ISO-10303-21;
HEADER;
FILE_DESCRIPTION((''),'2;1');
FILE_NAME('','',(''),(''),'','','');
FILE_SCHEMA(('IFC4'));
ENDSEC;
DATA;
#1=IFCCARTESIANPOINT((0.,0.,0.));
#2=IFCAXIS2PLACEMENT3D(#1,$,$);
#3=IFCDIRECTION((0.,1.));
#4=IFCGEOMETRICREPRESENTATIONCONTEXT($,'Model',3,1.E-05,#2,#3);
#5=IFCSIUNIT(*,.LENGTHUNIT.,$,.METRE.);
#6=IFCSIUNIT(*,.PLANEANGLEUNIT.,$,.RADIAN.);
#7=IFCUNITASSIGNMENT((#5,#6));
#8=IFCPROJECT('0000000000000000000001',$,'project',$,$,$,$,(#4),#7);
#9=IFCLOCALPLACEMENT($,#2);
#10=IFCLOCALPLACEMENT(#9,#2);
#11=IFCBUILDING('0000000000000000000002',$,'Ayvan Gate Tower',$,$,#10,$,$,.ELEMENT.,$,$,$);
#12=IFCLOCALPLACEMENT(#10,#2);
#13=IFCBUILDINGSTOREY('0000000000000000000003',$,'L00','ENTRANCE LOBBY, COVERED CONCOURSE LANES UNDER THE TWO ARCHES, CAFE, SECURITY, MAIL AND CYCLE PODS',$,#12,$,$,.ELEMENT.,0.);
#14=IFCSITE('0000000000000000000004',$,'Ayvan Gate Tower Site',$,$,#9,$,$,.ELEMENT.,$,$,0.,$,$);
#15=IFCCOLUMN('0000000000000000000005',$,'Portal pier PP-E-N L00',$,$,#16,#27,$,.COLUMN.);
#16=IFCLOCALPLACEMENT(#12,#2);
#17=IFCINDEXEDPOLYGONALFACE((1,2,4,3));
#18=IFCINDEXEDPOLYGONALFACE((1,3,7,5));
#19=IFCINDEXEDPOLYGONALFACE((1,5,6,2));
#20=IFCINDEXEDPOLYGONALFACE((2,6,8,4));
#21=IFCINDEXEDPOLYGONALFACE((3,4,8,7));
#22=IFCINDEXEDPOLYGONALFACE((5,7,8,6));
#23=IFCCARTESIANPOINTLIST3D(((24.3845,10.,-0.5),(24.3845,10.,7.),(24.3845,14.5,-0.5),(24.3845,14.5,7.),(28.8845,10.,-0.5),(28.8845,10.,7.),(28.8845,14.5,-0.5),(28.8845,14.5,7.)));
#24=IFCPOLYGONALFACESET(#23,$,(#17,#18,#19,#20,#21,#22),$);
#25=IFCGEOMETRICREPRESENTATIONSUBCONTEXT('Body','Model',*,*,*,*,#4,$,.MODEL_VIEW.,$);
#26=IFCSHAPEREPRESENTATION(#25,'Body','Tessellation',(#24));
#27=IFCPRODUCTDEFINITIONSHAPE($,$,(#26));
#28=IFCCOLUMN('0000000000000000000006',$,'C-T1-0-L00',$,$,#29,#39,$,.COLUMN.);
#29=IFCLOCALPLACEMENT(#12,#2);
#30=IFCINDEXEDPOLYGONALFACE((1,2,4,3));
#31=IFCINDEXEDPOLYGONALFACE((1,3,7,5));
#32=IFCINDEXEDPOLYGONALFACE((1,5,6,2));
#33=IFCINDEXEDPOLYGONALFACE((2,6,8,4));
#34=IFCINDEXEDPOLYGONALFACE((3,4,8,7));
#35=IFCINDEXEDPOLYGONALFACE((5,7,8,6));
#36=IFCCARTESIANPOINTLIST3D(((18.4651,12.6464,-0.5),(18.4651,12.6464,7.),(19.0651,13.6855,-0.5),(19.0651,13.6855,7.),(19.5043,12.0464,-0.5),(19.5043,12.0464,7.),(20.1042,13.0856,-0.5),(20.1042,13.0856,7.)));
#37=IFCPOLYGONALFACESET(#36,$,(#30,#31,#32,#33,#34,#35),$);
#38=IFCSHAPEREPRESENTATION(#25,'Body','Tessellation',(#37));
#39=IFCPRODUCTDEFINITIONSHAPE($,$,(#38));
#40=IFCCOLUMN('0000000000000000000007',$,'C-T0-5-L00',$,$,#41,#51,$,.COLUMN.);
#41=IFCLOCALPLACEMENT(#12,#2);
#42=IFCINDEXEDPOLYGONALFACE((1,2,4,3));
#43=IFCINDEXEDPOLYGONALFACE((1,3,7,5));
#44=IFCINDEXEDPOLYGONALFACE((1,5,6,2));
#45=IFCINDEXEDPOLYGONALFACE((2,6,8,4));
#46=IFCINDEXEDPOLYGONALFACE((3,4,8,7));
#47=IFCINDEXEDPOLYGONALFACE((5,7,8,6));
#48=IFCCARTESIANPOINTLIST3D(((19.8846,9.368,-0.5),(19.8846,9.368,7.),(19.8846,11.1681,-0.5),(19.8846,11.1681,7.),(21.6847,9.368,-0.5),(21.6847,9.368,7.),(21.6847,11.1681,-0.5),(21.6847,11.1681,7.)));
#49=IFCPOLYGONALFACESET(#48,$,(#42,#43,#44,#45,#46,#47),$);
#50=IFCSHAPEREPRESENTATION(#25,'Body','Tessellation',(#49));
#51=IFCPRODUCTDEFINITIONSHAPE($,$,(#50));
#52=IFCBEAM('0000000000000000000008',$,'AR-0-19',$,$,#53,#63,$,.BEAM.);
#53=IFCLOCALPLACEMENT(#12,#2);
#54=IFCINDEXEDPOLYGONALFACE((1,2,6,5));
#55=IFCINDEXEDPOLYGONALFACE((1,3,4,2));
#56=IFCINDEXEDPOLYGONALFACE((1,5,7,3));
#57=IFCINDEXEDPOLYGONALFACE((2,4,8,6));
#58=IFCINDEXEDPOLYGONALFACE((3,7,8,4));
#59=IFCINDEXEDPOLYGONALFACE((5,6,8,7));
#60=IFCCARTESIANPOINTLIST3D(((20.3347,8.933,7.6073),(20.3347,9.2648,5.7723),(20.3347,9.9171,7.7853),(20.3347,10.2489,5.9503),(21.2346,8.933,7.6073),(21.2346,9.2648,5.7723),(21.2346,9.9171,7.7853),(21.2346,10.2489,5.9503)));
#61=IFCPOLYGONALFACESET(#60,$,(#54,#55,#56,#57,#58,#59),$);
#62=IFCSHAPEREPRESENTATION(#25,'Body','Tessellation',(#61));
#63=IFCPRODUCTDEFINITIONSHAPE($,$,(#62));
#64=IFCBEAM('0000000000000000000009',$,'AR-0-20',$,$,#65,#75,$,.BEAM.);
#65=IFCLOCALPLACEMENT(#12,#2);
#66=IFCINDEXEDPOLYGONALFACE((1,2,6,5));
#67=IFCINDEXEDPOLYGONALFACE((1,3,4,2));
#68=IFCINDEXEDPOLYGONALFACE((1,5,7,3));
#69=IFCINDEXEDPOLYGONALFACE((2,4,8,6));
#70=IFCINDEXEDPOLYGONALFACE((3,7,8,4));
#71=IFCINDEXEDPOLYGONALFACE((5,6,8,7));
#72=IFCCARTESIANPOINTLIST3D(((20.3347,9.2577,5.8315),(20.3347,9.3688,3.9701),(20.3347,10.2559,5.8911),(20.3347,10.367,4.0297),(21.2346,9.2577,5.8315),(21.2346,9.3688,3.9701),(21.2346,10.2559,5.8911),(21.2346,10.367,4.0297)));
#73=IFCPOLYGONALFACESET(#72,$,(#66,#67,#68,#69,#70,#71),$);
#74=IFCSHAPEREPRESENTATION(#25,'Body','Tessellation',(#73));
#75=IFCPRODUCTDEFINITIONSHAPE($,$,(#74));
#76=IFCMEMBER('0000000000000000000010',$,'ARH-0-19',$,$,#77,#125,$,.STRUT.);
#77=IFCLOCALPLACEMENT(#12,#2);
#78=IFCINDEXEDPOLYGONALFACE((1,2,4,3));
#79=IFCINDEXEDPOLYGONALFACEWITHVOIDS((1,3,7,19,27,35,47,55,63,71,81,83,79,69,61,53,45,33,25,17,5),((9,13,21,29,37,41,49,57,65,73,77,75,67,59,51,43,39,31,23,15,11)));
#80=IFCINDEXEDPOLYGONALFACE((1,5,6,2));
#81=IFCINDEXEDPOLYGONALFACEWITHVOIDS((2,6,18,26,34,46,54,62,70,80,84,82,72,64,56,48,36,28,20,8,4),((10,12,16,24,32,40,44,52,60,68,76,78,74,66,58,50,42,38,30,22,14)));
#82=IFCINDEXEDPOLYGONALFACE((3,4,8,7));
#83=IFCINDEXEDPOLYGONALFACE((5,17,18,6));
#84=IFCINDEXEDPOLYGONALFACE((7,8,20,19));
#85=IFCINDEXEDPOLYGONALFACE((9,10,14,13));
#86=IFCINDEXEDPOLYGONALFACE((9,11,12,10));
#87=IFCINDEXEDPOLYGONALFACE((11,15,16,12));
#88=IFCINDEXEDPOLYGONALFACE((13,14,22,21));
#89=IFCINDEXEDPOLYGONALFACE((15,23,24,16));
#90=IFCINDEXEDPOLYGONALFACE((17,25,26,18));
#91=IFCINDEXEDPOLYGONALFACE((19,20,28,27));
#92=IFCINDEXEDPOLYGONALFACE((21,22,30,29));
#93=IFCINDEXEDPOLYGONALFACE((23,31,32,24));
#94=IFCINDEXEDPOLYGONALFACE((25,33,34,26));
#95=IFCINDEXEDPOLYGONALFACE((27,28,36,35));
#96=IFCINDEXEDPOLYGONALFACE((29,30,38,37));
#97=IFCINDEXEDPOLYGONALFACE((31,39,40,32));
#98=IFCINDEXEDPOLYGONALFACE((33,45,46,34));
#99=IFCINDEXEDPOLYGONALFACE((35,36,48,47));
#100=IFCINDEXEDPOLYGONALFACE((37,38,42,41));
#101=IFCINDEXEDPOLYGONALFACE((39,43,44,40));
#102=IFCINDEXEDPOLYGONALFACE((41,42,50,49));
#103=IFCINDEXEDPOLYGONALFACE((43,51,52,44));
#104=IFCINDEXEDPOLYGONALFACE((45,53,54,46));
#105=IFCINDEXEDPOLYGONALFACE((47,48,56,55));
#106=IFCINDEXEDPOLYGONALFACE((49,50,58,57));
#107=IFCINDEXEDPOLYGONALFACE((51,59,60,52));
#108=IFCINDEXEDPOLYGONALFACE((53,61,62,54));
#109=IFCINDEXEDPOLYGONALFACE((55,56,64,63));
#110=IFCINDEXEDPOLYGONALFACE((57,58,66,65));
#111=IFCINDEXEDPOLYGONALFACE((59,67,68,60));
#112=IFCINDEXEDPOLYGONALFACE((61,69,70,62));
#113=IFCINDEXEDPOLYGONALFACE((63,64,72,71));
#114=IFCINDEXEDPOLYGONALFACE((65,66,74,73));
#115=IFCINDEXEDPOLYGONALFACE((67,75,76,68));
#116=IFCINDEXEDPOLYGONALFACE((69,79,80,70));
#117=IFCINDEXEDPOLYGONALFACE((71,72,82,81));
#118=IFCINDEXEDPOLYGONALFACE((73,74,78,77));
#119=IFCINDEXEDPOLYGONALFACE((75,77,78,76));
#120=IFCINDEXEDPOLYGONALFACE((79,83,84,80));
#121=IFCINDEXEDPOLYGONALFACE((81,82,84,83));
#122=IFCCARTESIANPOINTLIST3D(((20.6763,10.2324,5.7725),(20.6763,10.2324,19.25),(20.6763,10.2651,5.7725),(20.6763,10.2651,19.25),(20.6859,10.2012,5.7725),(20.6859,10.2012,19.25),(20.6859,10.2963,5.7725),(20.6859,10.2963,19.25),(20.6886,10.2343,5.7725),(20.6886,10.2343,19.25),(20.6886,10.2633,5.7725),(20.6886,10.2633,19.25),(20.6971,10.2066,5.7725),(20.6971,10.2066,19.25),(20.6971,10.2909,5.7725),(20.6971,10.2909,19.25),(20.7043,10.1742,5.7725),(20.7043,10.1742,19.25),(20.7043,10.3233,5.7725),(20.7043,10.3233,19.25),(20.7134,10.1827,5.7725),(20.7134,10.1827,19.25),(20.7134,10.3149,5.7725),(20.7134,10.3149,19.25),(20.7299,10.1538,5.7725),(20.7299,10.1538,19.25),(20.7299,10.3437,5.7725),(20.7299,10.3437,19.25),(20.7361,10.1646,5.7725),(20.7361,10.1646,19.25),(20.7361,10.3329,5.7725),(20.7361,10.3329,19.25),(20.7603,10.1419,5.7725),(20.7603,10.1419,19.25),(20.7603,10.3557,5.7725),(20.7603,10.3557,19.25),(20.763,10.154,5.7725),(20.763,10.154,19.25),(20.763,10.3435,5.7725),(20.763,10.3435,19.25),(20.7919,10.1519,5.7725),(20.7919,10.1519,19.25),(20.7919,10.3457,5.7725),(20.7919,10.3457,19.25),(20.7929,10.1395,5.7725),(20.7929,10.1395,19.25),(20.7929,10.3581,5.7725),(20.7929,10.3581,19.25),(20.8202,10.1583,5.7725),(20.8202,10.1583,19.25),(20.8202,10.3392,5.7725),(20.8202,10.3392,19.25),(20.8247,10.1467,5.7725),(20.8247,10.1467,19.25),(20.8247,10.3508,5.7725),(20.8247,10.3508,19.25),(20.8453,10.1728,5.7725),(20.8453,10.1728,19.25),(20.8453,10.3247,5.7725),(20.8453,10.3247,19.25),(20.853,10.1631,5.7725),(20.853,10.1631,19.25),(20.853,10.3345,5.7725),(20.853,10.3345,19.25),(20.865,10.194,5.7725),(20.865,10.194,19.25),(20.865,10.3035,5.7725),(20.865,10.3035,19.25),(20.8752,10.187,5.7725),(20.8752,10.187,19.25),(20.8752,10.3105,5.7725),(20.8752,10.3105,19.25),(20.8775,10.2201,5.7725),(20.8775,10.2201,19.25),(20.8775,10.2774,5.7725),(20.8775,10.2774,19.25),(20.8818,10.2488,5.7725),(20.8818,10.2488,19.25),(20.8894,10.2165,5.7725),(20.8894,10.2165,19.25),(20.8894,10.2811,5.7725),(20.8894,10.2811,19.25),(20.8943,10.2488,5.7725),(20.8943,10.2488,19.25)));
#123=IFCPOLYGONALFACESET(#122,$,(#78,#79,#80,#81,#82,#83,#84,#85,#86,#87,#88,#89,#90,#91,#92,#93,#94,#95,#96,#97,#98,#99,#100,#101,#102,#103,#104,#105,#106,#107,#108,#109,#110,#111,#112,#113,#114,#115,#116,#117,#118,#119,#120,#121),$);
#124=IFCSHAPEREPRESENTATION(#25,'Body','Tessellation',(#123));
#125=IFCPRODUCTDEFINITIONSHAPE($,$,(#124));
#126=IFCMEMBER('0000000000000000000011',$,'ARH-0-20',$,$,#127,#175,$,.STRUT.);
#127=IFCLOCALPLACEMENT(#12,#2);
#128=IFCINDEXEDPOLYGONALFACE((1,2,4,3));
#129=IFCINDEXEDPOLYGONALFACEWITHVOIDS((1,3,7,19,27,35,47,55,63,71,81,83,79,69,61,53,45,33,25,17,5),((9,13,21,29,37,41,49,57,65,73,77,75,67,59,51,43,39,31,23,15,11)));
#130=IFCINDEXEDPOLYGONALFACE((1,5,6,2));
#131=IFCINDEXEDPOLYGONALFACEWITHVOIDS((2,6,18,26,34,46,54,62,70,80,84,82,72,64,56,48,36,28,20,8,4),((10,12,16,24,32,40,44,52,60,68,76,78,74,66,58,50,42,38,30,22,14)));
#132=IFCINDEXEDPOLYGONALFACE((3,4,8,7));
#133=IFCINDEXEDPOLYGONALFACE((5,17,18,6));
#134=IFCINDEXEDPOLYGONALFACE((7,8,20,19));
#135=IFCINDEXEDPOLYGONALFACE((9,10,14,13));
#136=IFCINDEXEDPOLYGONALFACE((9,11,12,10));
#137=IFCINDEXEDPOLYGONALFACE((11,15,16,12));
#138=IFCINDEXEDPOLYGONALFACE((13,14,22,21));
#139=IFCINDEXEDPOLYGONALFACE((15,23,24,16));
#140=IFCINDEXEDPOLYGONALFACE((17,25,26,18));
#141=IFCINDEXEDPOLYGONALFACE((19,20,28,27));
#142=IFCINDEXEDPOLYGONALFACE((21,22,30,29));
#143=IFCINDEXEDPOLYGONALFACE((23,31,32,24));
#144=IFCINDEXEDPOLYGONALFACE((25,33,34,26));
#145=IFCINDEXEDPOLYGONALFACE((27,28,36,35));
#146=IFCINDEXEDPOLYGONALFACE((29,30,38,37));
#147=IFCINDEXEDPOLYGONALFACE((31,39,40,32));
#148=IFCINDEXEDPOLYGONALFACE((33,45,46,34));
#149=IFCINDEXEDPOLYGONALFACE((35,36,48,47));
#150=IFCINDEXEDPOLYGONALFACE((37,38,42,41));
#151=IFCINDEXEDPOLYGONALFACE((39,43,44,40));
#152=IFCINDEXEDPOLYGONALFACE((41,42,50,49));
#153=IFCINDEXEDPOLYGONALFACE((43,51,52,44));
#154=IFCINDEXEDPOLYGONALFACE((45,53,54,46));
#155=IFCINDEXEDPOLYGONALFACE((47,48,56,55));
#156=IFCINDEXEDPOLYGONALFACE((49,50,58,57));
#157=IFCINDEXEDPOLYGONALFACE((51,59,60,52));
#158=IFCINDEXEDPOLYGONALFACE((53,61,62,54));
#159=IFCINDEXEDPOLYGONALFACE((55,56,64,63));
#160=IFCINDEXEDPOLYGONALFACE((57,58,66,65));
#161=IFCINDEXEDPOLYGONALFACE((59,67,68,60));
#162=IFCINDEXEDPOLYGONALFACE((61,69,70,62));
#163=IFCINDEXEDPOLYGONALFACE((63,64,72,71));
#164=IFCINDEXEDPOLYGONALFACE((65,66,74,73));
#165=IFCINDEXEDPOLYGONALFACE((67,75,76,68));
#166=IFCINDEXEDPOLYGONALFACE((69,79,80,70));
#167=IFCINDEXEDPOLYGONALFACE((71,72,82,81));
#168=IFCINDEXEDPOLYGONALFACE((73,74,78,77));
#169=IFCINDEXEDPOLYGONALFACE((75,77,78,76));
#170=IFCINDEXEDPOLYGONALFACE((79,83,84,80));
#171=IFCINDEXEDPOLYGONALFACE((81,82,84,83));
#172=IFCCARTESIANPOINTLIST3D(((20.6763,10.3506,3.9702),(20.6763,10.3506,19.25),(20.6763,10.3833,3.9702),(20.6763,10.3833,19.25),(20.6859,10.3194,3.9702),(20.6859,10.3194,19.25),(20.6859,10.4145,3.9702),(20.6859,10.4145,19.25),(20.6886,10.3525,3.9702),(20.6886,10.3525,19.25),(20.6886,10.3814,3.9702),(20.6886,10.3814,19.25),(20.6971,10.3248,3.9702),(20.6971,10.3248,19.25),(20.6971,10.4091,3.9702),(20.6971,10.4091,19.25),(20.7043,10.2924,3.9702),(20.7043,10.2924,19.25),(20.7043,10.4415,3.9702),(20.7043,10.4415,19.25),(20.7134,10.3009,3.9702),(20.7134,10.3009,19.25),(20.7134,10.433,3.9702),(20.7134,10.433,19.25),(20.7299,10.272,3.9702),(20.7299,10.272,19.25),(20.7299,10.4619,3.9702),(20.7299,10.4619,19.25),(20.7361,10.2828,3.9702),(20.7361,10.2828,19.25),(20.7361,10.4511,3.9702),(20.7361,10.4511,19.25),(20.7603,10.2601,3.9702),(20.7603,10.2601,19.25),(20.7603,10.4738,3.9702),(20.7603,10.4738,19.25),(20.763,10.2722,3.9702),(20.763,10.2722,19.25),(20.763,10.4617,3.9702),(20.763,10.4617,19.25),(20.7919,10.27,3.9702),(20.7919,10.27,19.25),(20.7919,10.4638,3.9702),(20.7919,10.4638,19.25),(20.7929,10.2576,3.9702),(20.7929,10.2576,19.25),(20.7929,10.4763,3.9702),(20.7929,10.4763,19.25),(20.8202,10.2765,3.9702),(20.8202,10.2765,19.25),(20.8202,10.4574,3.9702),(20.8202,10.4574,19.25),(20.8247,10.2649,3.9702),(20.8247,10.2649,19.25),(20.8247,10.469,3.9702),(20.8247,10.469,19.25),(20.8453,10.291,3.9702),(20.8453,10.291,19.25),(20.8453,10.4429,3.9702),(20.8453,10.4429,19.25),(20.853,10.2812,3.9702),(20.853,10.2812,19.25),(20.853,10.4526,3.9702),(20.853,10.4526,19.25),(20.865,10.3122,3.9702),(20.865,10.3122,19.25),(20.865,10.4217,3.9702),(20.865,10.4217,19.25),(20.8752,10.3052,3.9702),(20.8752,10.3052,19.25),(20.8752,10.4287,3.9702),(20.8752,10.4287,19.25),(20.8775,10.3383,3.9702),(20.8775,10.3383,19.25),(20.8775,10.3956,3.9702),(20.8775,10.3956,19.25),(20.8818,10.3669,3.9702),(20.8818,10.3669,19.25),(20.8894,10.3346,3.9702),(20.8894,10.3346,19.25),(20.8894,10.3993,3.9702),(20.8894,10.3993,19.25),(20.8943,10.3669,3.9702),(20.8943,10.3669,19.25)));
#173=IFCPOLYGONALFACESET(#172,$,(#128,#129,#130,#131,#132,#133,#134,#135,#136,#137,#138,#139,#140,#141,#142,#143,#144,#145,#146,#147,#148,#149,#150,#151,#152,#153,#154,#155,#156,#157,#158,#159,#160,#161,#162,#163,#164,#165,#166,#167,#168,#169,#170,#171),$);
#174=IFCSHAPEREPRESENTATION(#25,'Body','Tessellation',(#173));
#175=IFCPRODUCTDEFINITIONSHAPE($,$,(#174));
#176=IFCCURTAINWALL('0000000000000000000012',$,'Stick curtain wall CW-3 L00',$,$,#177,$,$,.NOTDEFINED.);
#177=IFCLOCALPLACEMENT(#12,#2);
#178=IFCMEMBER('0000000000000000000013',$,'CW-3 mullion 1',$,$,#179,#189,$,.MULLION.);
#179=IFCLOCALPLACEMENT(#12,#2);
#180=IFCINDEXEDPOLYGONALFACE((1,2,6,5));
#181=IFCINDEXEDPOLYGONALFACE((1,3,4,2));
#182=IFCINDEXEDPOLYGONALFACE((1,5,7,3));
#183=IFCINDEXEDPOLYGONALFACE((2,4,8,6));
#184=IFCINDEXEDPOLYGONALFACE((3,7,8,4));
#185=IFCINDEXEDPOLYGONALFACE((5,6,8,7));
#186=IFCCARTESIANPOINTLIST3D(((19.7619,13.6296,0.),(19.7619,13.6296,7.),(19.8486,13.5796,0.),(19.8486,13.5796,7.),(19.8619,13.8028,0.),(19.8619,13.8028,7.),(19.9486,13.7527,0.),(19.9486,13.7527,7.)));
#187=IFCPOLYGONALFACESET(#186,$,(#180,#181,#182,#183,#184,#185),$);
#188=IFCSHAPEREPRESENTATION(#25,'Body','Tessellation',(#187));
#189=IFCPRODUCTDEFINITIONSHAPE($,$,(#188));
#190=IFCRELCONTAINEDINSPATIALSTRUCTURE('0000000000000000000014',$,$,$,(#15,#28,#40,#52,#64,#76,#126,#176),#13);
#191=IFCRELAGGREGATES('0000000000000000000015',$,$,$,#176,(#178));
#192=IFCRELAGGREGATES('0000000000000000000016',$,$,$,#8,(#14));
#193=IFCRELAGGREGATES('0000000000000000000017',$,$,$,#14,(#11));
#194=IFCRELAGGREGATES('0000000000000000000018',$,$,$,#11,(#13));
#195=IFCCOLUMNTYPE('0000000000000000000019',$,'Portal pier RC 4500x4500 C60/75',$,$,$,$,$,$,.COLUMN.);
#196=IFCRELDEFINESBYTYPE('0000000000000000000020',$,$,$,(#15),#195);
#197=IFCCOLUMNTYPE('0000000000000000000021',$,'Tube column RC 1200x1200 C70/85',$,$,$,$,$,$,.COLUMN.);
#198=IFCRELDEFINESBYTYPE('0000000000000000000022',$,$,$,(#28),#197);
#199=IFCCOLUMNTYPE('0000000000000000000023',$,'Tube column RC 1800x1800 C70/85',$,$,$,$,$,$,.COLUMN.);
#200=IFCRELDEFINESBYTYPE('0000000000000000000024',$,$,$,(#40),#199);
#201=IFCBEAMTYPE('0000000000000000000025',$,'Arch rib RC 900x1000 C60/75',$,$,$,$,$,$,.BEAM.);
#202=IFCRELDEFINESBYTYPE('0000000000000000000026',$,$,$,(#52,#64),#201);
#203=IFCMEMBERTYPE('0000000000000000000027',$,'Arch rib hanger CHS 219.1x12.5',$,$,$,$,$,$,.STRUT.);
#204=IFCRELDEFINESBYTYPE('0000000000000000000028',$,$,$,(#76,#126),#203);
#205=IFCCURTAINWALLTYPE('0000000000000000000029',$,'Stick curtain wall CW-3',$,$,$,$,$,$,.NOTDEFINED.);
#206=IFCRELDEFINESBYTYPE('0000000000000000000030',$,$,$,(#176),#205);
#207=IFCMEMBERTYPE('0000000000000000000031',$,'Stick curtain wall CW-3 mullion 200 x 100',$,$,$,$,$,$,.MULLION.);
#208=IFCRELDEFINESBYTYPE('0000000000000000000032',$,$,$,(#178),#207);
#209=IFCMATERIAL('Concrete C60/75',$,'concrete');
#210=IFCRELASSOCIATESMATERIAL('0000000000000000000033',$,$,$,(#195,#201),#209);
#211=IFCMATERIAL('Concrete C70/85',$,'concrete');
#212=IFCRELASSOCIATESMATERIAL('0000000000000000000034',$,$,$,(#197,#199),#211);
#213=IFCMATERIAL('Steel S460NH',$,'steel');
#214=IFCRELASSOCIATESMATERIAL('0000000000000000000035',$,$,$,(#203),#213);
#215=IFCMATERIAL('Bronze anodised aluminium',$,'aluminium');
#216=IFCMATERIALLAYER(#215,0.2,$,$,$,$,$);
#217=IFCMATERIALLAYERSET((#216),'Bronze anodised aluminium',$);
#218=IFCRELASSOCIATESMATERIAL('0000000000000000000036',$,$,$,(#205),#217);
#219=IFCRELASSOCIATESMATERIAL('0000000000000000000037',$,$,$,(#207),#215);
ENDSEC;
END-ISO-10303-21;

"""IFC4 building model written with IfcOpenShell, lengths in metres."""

from ifc_helpers import new_model, si_unit, direction, frame, origin, origin_2d, place, context, subcontext, project, spatial, rectangle, hollow_circle, extrude, material, layer, layer_set, material_profile, profile_set, type_object, element, aggregate, save


model = new_model("IFC4")

# Units and contexts
model_context = context("Model", 3, precision=1e-05, world=origin(), true_north=direction((0.0, 1.0)))
body_context = subcontext(model_context, "Body", "Model", "MODEL_VIEW")
ifc_project = project(units=[si_unit("LENGTHUNIT", "METRE"), si_unit("PLANEANGLEUNIT", "RADIAN")], contexts=[model_context])

# Site, building, storey
site_placement = place(None, origin())
site = spatial("IfcSite", under=ifc_project, at=site_placement, Name="Ayvan Gate Tower Site", CompositionType="ELEMENT", RefElevation=0.0)
building_placement = place(site_placement, origin())
building = spatial("IfcBuilding", under=site, at=building_placement, Name="Ayvan Gate Tower", CompositionType="ELEMENT")
storey_placement = place(building_placement, origin())
storey = spatial("IfcBuildingStorey", under=building, at=storey_placement, Name="L00", Description="ENTRANCE LOBBY, COVERED CONCOURSE LANES UNDER THE TWO ARCHES, CAFE, SECURITY, MAIL AND CYCLE PODS", CompositionType="ELEMENT", Elevation=0.0)

# Columns
ifc_material_1 = material(Name="Concrete C60/75", Category="concrete")
ifc_material_profile_1 = material_profile(ifc_material_1, rectangle(XDim=4.5, YDim=4.5, at=origin_2d()), Name="RC 4500x4500")
ifc_profile_set_1 = profile_set([ifc_material_profile_1], Name="Concrete C60/75")
column_type_1 = type_object("IfcColumnType", Name="Portal pier RC 4500x4500 C60/75", PredefinedType="COLUMN", material=ifc_profile_set_1)
column_1_placement = place(storey_placement, frame((26.6345, 12.25, -0.5), z_axis=(0.0, 0.0, 1.0), x_axis=(1.0, 0.0, 0.0)))
element("IfcColumn", 1, at=column_1_placement, inside=storey, type_object=column_type_1, Name="Portal pier PP-E-N L00", PredefinedType="COLUMN", context=body_context, shape_type="SweptSolid", body=[
    extrude(rectangle(XDim=4.5, YDim=4.5, at=origin_2d()), origin(), (0.0, 0.0, 1.0), 7.5),
])
ifc_material_2 = material(Name="Concrete C70/85", Category="concrete")
ifc_material_profile_2 = material_profile(ifc_material_2, rectangle(XDim=1.2, YDim=1.2, at=origin_2d()), Name="RC 1200x1200")
ifc_profile_set_2 = profile_set([ifc_material_profile_2], Name="Concrete C70/85")
column_type_2 = type_object("IfcColumnType", Name="Tube column RC 1200x1200 C70/85", PredefinedType="COLUMN", material=ifc_profile_set_2)
column_2_placement = place(storey_placement, frame((19.2847, 12.866, -0.5), z_axis=(0.0, 0.0, 1.0), x_axis=(0.5, 0.866025, 0.0)))
element("IfcColumn", 2, at=column_2_placement, inside=storey, type_object=column_type_2, Name="C-T1-0-L00", PredefinedType="COLUMN", context=body_context, shape_type="SweptSolid", body=[
    extrude(rectangle(XDim=1.2, YDim=1.2, at=origin_2d()), origin(), (0.0, 0.0, 1.0), 7.5),
])
ifc_material_profile_3 = material_profile(ifc_material_2, rectangle(XDim=1.8, YDim=1.8, at=origin_2d()), Name="RC 1800x1800")
ifc_profile_set_3 = profile_set([ifc_material_profile_3], Name="Concrete C70/85")
column_type_3 = type_object("IfcColumnType", Name="Tube column RC 1800x1800 C70/85", PredefinedType="COLUMN", material=ifc_profile_set_3)
column_3_placement = place(storey_placement, frame((20.7847, 10.2681, -0.5), z_axis=(0.0, 0.0, 1.0), x_axis=(1.0, 0.0, 0.0)))
element("IfcColumn", 3, at=column_3_placement, inside=storey, type_object=column_type_3, Name="C-T0-5-L00", PredefinedType="COLUMN", context=body_context, shape_type="SweptSolid", body=[
    extrude(rectangle(XDim=1.8, YDim=1.8, at=origin_2d()), origin(), (0.0, 0.0, 1.0), 7.5),
])

# Beams
ifc_material_profile_4 = material_profile(ifc_material_1, rectangle(XDim=0.8999, YDim=1.0, at=origin_2d()), Name="RC 900x1000")
ifc_profile_set_4 = profile_set([ifc_material_profile_4], Name="Concrete C60/75")
beam_type = type_object("IfcBeamType", Name="Arch rib RC 900x1000 C60/75", PredefinedType="BEAM", material=ifc_profile_set_4)
for number, where, z_axis, x_axis, name in (
    (4, (20.7847, 9.425, 7.6963), (0.0, 0.177929, -0.984043), (-1.0, 0.0, 0.0), "AR-0-19"),
    (5, (20.7847, 9.7568, 5.8613), (0.0, 0.059574, -0.998224), (-1.0, 0.0, 0.0), "AR-0-20"),
):
    element("IfcBeam", number, at=place(storey_placement, frame(where, z_axis=z_axis, x_axis=x_axis)), inside=storey, type_object=beam_type, Name=name, PredefinedType="BEAM", context=body_context, shape_type="SweptSolid", body=[
        extrude(rectangle(XDim=0.8999, YDim=1.0, at=origin_2d()), origin(), (0.0, 0.0, 1.0), 1.8647),
    ])

# Members
ifc_material_3 = material(Name="Steel S460NH", Category="steel")
ifc_material_profile_5 = material_profile(ifc_material_3, hollow_circle(Radius=0.1096, WallThickness=0.0125, at=origin_2d()), Name="CHS 219.1x12.5")
ifc_profile_set_5 = profile_set([ifc_material_profile_5], Name="Steel S460NH")
member_type_1 = type_object("IfcMemberType", Name="Arch rib hanger CHS 219.1x12.5", PredefinedType="STRUT", material=ifc_profile_set_5)
member_1_placement = place(storey_placement, frame((20.7847, 10.2488, 5.7725), z_axis=(0.0, 0.0, 1.0), x_axis=(1.0, 0.0, 0.0)))
element("IfcMember", 6, at=member_1_placement, inside=storey, type_object=member_type_1, Name="ARH-0-19", PredefinedType="STRUT", context=body_context, shape_type="SweptSolid", body=[
    extrude(hollow_circle(Radius=0.1096, WallThickness=0.0125, at=origin_2d()), origin(), (0.0, 0.0, 1.0), 13.4775),
])
member_2_placement = place(storey_placement, frame((20.7847, 10.3669, 3.9702), z_axis=(0.0, 0.0, 1.0), x_axis=(1.0, 0.0, 0.0)))
element("IfcMember", 7, at=member_2_placement, inside=storey, type_object=member_type_1, Name="ARH-0-20", PredefinedType="STRUT", context=body_context, shape_type="SweptSolid", body=[
    extrude(hollow_circle(Radius=0.1096, WallThickness=0.0125, at=origin_2d()), origin(), (0.0, 0.0, 1.0), 15.2798),
])

# Curtain wall, member
ifc_material_4 = material(Name="Bronze anodised aluminium", Category="aluminium")
ifc_layer_1 = layer(ifc_material_4, 0.2)
ifc_layer_set_1 = layer_set([ifc_layer_1], Name="Bronze anodised aluminium")
curtain_wall_type_1 = type_object("IfcCurtainWallType", Name="Stick curtain wall CW-3", PredefinedType="NOTDEFINED", material=ifc_layer_set_1)
curtain_wall_1_placement = place(storey_placement, origin())
curtain_wall_1 = element("IfcCurtainWall", 8, at=curtain_wall_1_placement, inside=storey, type_object=curtain_wall_type_1, Name="Stick curtain wall CW-3 L00", PredefinedType="NOTDEFINED")
ifc_material_profile_6 = material_profile(ifc_material_4, rectangle(XDim=0.2, YDim=0.1001, at=origin_2d()), Name="Stick curtain wall CW-3 mullion 200 x 100")
ifc_profile_set_6 = profile_set([ifc_material_profile_6], Name="Bronze anodised aluminium")
member_type_2 = type_object("IfcMemberType", Name="Stick curtain wall CW-3 mullion 200 x 100", PredefinedType="MULLION", material=ifc_profile_set_6)
member_3_placement = place(storey_placement, frame((19.8552, 13.6912, 0.0), z_axis=(0.0, 0.0, 1.0), x_axis=(0.5, 0.866025, 0.0)))
member_3 = element("IfcMember", 9, at=member_3_placement, type_object=member_type_2, Name="CW-3 mullion 1", PredefinedType="MULLION", context=body_context, shape_type="SweptSolid", body=[
    extrude(rectangle(XDim=0.2, YDim=0.1001, at=origin_2d()), origin(), (0.0, 0.0, 1.0), 7.0),
])

aggregate(curtain_wall_1, [member_3])

save(model, "model.ifc")
